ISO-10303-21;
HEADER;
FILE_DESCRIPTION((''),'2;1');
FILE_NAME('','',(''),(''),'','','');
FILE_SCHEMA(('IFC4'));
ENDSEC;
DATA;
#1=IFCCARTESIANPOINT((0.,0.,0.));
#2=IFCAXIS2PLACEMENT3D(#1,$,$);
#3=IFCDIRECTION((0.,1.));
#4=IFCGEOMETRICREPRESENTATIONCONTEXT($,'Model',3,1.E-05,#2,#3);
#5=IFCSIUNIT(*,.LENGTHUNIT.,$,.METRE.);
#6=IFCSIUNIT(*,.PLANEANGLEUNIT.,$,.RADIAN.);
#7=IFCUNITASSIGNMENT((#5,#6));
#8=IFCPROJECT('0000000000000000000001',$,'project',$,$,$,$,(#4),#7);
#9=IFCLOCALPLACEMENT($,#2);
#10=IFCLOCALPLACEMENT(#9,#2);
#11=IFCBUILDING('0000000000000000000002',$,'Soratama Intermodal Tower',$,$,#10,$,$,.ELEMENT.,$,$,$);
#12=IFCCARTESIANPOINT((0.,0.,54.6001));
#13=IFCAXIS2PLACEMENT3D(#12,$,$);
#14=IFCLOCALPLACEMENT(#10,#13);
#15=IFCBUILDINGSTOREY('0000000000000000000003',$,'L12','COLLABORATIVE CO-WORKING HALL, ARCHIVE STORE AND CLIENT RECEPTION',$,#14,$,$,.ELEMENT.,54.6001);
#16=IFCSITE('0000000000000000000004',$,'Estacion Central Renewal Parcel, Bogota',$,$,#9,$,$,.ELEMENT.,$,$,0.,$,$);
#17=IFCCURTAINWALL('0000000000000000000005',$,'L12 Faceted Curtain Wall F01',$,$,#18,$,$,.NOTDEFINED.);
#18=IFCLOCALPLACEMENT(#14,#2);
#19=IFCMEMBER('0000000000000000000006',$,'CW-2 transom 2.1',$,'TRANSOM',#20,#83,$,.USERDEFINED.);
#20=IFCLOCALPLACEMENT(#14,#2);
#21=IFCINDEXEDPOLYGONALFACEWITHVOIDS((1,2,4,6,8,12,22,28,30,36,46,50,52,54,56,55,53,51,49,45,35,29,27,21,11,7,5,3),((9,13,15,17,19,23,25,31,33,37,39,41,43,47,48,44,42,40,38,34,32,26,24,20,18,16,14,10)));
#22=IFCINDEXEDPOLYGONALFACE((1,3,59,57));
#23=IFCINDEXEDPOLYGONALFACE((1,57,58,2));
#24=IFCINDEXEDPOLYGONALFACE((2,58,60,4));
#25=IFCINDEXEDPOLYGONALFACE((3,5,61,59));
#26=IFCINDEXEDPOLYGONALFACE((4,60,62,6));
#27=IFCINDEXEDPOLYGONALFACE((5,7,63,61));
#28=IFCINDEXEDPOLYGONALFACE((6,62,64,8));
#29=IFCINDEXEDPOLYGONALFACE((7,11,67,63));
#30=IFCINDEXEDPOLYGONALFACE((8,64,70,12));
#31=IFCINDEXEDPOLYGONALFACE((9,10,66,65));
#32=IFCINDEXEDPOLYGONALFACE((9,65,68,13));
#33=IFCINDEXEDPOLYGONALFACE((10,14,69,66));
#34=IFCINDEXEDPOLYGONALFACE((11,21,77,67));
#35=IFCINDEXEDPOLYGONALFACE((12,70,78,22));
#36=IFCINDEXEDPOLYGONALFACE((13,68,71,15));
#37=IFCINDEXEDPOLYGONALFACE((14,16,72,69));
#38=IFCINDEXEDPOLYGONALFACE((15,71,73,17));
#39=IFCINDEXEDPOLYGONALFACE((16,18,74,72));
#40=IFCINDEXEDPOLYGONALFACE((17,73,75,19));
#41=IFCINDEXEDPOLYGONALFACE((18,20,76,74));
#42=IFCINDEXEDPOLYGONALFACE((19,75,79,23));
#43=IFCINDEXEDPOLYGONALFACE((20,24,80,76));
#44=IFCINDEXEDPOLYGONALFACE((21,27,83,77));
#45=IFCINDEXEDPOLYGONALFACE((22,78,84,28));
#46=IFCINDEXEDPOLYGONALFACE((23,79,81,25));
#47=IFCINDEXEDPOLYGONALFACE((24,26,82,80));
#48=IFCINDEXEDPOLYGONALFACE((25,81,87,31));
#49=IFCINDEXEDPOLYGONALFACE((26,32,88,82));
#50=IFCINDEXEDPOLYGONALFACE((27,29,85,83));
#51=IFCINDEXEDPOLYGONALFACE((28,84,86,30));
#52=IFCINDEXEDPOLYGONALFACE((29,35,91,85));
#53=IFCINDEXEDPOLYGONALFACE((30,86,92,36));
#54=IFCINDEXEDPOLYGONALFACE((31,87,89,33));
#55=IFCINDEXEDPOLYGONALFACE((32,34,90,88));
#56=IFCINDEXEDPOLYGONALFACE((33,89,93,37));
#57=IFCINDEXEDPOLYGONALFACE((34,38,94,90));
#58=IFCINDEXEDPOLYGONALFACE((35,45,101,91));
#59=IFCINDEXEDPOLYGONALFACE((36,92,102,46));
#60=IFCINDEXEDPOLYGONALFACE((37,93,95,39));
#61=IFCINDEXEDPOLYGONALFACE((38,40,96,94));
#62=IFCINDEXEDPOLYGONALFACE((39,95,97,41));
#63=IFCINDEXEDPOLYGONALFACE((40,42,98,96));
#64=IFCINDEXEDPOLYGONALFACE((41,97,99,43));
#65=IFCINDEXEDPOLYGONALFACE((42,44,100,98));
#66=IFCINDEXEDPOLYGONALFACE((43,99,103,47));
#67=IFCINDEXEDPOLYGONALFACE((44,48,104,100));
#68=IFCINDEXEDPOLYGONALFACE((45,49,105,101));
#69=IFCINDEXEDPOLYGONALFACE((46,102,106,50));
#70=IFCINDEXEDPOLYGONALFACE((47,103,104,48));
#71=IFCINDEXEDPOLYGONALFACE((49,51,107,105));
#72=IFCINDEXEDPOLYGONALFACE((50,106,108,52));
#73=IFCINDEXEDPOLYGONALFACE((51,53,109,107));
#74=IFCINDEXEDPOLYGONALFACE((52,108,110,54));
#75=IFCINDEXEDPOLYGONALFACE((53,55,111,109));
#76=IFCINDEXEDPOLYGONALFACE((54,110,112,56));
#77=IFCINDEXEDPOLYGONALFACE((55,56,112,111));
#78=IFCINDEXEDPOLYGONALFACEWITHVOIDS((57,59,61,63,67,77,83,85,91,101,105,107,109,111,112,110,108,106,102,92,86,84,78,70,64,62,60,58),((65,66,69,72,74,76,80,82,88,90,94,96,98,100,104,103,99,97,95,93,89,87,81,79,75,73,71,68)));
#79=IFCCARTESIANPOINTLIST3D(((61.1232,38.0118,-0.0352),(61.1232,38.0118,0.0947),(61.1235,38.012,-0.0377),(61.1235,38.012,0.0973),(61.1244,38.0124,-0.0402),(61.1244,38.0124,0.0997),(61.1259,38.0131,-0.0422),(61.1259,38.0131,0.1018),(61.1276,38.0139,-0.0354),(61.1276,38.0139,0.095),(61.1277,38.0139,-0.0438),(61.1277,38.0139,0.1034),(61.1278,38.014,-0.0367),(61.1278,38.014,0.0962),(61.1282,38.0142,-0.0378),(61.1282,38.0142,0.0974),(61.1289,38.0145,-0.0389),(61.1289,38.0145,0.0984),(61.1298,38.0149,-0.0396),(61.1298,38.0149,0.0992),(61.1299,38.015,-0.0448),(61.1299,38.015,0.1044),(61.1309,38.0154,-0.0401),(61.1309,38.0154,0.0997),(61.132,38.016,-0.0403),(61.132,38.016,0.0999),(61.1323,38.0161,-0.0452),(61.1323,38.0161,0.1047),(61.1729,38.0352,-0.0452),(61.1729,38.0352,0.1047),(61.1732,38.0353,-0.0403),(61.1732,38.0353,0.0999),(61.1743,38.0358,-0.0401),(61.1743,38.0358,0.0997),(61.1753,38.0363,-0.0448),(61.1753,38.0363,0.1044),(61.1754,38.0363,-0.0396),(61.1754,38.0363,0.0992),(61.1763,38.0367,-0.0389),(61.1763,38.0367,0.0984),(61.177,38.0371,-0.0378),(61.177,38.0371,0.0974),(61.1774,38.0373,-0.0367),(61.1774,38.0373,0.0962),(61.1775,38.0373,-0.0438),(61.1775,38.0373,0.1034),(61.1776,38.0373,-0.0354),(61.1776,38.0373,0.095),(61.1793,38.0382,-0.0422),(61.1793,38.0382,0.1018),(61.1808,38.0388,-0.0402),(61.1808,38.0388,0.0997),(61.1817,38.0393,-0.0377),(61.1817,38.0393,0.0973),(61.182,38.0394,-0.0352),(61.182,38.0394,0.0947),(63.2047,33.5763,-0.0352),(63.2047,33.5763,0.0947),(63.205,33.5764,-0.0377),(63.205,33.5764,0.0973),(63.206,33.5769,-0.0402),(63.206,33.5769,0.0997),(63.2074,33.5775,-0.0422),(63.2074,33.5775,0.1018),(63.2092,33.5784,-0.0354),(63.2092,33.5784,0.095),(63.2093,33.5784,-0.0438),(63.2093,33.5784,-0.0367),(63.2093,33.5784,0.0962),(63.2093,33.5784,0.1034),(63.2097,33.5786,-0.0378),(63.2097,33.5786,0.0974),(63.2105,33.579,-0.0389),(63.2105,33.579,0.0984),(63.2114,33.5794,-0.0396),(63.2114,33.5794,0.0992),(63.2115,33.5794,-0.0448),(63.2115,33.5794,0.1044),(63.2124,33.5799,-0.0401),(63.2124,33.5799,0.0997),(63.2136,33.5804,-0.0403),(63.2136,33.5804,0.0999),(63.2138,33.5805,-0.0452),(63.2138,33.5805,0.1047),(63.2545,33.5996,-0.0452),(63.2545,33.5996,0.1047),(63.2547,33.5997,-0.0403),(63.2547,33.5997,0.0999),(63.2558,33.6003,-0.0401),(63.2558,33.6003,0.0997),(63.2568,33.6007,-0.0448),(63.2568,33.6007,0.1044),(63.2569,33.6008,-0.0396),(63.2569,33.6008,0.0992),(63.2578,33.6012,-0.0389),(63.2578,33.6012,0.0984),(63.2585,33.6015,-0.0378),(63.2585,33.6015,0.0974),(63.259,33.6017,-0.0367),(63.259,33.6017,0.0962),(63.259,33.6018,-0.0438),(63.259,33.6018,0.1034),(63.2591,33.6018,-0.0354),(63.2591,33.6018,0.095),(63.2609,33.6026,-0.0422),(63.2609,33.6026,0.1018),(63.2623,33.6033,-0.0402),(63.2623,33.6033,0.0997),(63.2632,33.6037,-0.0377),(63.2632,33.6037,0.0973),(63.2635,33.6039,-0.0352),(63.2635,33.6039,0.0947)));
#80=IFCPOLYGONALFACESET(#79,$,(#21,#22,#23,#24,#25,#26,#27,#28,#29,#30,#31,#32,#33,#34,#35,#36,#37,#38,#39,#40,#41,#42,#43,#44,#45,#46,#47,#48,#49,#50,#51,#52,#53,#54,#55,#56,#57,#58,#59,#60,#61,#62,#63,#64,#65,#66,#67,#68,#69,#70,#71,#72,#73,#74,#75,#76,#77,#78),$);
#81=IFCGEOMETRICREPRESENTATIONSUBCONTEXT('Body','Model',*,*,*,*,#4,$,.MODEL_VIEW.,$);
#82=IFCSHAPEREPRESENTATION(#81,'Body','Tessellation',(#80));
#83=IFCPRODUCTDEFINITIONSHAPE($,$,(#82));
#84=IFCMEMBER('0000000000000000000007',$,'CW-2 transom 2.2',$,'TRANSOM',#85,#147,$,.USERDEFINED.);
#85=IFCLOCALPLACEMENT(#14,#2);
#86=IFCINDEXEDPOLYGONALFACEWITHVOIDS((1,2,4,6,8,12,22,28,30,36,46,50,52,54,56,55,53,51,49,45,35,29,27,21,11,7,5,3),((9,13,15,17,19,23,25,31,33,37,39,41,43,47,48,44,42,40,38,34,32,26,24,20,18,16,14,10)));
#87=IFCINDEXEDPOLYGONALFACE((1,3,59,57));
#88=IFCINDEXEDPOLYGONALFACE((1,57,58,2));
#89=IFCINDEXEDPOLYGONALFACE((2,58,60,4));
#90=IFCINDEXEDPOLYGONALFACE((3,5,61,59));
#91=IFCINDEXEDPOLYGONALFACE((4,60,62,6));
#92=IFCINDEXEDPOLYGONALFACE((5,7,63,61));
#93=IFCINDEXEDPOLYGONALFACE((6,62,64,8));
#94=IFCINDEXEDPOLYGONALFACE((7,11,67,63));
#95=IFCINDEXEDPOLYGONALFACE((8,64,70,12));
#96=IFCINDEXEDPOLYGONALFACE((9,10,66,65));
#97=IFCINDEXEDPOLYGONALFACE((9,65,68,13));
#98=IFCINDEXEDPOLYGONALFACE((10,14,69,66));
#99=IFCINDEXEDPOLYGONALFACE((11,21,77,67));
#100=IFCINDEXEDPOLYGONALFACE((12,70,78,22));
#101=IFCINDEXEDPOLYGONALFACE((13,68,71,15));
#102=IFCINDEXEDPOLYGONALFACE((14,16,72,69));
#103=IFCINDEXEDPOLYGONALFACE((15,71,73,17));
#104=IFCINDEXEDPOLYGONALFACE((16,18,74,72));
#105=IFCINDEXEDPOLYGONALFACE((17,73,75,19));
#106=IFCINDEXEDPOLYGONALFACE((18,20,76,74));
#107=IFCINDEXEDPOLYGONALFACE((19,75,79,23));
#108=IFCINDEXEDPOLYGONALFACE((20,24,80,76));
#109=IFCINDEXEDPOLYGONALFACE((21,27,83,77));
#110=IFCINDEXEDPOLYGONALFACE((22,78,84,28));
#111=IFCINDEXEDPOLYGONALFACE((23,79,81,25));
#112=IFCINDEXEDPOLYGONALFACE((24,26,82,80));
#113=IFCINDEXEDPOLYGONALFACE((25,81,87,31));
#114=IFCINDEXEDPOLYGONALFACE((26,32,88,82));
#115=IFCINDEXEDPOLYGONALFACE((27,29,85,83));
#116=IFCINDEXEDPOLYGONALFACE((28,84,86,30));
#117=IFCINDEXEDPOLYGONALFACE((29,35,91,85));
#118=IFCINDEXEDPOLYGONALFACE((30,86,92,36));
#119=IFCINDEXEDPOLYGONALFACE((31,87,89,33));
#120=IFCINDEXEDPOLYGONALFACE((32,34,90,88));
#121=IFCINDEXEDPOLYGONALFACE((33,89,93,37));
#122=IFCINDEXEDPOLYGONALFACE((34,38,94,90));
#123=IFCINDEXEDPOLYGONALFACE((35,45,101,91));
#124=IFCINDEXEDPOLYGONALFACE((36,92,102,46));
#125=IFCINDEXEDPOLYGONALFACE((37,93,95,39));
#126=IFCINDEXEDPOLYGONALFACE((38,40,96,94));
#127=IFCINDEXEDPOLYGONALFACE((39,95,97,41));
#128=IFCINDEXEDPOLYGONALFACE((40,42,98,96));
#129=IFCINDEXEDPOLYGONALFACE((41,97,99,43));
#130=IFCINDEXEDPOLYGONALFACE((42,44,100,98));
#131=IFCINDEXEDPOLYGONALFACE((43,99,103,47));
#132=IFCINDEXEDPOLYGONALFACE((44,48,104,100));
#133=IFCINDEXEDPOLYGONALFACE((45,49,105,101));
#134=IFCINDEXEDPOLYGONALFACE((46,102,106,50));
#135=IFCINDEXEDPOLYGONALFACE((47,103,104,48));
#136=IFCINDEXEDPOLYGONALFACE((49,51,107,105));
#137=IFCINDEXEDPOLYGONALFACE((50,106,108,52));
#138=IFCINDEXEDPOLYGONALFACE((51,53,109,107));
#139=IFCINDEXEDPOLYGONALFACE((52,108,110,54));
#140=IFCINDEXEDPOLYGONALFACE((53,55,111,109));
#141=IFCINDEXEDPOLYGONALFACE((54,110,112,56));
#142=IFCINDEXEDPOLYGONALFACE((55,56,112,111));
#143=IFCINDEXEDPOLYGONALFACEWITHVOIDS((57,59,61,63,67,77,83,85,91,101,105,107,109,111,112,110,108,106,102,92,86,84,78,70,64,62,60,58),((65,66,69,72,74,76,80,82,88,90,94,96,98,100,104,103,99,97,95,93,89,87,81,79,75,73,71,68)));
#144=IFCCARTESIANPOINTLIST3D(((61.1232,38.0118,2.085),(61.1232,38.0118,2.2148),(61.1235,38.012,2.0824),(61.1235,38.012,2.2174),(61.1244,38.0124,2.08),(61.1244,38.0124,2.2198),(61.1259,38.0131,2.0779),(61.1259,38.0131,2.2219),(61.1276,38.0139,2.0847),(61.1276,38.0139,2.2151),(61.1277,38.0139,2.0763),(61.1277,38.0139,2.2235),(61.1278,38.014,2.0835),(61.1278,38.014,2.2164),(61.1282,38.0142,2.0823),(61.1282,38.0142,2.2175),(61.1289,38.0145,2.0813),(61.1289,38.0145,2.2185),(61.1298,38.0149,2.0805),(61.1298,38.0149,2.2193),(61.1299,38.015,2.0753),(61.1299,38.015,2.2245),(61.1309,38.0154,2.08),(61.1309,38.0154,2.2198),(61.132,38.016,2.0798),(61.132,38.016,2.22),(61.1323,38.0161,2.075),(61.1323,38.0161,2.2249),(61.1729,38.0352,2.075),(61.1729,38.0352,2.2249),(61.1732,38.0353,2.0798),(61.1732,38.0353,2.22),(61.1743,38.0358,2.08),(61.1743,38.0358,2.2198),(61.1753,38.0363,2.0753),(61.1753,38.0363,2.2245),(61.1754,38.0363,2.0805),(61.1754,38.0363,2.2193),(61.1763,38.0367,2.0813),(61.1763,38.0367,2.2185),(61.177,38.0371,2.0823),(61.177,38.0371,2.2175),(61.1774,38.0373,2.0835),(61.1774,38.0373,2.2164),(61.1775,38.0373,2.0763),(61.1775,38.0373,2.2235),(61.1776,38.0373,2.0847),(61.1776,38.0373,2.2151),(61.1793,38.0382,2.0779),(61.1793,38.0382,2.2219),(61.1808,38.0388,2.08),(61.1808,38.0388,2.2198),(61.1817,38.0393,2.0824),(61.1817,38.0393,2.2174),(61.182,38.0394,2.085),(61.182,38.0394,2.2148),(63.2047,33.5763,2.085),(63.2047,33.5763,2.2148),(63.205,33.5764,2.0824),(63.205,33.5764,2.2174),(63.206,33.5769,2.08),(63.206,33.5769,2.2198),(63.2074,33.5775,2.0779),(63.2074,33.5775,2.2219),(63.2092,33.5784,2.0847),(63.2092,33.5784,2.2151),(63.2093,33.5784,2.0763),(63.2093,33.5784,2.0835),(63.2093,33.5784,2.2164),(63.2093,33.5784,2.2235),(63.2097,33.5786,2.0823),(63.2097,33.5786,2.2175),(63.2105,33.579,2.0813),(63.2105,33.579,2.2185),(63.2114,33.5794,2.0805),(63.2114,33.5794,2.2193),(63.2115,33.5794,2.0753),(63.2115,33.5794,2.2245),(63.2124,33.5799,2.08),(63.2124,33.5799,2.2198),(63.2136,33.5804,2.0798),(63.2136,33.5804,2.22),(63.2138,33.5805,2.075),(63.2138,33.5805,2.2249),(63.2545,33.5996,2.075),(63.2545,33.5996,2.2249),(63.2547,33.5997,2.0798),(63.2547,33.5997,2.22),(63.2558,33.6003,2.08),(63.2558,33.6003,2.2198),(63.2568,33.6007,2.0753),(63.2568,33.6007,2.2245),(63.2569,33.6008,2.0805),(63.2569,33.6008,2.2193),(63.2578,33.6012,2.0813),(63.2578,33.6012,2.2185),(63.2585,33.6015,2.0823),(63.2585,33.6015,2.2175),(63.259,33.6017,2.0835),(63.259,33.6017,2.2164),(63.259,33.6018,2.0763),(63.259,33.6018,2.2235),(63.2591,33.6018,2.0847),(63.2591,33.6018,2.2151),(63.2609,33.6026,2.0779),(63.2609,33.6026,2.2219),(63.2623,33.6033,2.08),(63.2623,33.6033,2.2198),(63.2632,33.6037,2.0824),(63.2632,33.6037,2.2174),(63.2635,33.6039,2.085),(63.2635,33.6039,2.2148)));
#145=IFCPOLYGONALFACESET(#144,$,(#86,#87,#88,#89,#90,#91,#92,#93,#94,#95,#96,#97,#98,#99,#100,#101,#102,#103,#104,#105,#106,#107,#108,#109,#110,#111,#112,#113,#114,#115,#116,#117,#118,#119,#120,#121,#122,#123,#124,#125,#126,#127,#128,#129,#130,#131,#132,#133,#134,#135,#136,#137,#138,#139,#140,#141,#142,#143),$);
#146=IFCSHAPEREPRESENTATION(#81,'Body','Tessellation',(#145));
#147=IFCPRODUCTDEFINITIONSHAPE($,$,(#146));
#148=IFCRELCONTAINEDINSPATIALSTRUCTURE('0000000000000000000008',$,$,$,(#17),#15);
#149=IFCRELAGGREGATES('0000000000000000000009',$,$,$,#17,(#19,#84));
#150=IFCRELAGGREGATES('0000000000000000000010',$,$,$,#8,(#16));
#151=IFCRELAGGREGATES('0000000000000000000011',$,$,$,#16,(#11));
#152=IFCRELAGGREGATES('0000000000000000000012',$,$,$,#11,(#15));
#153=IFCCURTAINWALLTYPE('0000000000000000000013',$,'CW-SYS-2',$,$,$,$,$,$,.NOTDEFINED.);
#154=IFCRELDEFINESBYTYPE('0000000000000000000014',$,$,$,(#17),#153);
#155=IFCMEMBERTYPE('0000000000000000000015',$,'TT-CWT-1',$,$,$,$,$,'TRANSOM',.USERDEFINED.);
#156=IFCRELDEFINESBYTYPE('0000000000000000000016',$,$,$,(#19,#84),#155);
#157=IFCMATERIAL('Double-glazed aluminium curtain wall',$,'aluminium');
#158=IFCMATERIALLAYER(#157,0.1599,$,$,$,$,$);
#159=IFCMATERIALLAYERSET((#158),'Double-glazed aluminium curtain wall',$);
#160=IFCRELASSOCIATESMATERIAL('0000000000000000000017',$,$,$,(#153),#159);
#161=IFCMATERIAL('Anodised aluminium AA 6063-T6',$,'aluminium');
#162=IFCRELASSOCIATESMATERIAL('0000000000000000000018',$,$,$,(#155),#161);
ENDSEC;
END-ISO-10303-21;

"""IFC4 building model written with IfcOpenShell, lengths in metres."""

from ifc_helpers import new_model, si_unit, direction, frame, origin, origin_2d, place, context, subcontext, project, spatial, hollow_rectangle, extrude, material, layer, layer_set, material_profile, profile_set, type_object, element, aggregate, save


model = new_model("IFC4")

# Units and contexts
model_context = context("Model", 3, precision=1e-05, world=origin(), true_north=direction((0.0, 1.0)))
body_context = subcontext(model_context, "Body", "Model", "MODEL_VIEW")
ifc_project = project(units=[si_unit("LENGTHUNIT", "METRE"), si_unit("PLANEANGLEUNIT", "RADIAN")], contexts=[model_context])

# Site, building, storey
site_placement = place(None, origin())
site = spatial("IfcSite", under=ifc_project, at=site_placement, Name="Estacion Central Renewal Parcel, Bogota", CompositionType="ELEMENT", RefElevation=0.0)
building_placement = place(site_placement, origin())
building = spatial("IfcBuilding", under=site, at=building_placement, Name="Soratama Intermodal Tower", CompositionType="ELEMENT")
storey_placement = place(building_placement, frame((0.0, 0.0, 54.6001)))
storey = spatial("IfcBuildingStorey", under=building, at=storey_placement, Name="L12", Description="COLLABORATIVE CO-WORKING HALL, ARCHIVE STORE AND CLIENT RECEPTION", CompositionType="ELEMENT", Elevation=54.6001)

# Curtain wall
ifc_material_1 = material(Name="Double-glazed aluminium curtain wall", Category="aluminium")
ifc_layer_1 = layer(ifc_material_1, 0.1599)
ifc_layer_set_1 = layer_set([ifc_layer_1], Name="Double-glazed aluminium curtain wall")
curtain_wall_type = type_object("IfcCurtainWallType", Name="CW-SYS-2", PredefinedType="NOTDEFINED", material=ifc_layer_set_1)
curtain_wall_1_placement = place(storey_placement, origin())
curtain_wall_1 = element("IfcCurtainWall", 1, at=curtain_wall_1_placement, inside=storey, type_object=curtain_wall_type, Name="L12 Faceted Curtain Wall F01", PredefinedType="NOTDEFINED")

# Members
ifc_material_2 = material(Name="Anodised aluminium AA 6063-T6", Category="aluminium")
ifc_material_profile_1 = material_profile(ifc_material_2, hollow_rectangle(XDim=0.0649, YDim=0.1499, WallThickness=0.0049, InnerFilletRadius=0.0049, OuterFilletRadius=0.01, at=origin_2d()), Name="CWT150X65X5")
ifc_profile_set_1 = profile_set([ifc_material_profile_1], Name="Anodised aluminium AA 6063-T6")
member_type_1 = type_object("IfcMemberType", Name="TT-CWT-1", ElementType="TRANSOM", PredefinedType="USERDEFINED", material=ifc_profile_set_1)
member_1_placement = place(storey_placement, frame((63.2341, 33.5901, 0.0298), z_axis=(-0.424832, 0.905272, 0.0), x_axis=(-0.905272, -0.424832, 0.0)))
member_1 = element("IfcMember", 2, at=member_1_placement, type_object=member_type_1, Name="CW-2 transom 2.1", ObjectType="TRANSOM", PredefinedType="USERDEFINED", context=body_context, shape_type="SweptSolid", body=[
    extrude(hollow_rectangle(XDim=0.0649, YDim=0.1499, WallThickness=0.0049, InnerFilletRadius=0.0049, OuterFilletRadius=0.01, at=origin_2d()), origin(), (0.0, 0.0, 1.0), 4.8997),
])
member_2_placement = place(storey_placement, frame((63.2341, 33.5901, 2.1499), z_axis=(-0.424832, 0.905272, 0.0), x_axis=(-0.905272, -0.424832, 0.0)))
member_2 = element("IfcMember", 3, at=member_2_placement, type_object=member_type_1, Name="CW-2 transom 2.2", ObjectType="TRANSOM", PredefinedType="USERDEFINED", context=body_context, shape_type="SweptSolid", body=[
    extrude(hollow_rectangle(XDim=0.0649, YDim=0.1499, WallThickness=0.0049, InnerFilletRadius=0.0049, OuterFilletRadius=0.01, at=origin_2d()), origin(), (0.0, 0.0, 1.0), 4.8997),
])

aggregate(curtain_wall_1, [member_1, member_2])

save(model, "model.ifc")
